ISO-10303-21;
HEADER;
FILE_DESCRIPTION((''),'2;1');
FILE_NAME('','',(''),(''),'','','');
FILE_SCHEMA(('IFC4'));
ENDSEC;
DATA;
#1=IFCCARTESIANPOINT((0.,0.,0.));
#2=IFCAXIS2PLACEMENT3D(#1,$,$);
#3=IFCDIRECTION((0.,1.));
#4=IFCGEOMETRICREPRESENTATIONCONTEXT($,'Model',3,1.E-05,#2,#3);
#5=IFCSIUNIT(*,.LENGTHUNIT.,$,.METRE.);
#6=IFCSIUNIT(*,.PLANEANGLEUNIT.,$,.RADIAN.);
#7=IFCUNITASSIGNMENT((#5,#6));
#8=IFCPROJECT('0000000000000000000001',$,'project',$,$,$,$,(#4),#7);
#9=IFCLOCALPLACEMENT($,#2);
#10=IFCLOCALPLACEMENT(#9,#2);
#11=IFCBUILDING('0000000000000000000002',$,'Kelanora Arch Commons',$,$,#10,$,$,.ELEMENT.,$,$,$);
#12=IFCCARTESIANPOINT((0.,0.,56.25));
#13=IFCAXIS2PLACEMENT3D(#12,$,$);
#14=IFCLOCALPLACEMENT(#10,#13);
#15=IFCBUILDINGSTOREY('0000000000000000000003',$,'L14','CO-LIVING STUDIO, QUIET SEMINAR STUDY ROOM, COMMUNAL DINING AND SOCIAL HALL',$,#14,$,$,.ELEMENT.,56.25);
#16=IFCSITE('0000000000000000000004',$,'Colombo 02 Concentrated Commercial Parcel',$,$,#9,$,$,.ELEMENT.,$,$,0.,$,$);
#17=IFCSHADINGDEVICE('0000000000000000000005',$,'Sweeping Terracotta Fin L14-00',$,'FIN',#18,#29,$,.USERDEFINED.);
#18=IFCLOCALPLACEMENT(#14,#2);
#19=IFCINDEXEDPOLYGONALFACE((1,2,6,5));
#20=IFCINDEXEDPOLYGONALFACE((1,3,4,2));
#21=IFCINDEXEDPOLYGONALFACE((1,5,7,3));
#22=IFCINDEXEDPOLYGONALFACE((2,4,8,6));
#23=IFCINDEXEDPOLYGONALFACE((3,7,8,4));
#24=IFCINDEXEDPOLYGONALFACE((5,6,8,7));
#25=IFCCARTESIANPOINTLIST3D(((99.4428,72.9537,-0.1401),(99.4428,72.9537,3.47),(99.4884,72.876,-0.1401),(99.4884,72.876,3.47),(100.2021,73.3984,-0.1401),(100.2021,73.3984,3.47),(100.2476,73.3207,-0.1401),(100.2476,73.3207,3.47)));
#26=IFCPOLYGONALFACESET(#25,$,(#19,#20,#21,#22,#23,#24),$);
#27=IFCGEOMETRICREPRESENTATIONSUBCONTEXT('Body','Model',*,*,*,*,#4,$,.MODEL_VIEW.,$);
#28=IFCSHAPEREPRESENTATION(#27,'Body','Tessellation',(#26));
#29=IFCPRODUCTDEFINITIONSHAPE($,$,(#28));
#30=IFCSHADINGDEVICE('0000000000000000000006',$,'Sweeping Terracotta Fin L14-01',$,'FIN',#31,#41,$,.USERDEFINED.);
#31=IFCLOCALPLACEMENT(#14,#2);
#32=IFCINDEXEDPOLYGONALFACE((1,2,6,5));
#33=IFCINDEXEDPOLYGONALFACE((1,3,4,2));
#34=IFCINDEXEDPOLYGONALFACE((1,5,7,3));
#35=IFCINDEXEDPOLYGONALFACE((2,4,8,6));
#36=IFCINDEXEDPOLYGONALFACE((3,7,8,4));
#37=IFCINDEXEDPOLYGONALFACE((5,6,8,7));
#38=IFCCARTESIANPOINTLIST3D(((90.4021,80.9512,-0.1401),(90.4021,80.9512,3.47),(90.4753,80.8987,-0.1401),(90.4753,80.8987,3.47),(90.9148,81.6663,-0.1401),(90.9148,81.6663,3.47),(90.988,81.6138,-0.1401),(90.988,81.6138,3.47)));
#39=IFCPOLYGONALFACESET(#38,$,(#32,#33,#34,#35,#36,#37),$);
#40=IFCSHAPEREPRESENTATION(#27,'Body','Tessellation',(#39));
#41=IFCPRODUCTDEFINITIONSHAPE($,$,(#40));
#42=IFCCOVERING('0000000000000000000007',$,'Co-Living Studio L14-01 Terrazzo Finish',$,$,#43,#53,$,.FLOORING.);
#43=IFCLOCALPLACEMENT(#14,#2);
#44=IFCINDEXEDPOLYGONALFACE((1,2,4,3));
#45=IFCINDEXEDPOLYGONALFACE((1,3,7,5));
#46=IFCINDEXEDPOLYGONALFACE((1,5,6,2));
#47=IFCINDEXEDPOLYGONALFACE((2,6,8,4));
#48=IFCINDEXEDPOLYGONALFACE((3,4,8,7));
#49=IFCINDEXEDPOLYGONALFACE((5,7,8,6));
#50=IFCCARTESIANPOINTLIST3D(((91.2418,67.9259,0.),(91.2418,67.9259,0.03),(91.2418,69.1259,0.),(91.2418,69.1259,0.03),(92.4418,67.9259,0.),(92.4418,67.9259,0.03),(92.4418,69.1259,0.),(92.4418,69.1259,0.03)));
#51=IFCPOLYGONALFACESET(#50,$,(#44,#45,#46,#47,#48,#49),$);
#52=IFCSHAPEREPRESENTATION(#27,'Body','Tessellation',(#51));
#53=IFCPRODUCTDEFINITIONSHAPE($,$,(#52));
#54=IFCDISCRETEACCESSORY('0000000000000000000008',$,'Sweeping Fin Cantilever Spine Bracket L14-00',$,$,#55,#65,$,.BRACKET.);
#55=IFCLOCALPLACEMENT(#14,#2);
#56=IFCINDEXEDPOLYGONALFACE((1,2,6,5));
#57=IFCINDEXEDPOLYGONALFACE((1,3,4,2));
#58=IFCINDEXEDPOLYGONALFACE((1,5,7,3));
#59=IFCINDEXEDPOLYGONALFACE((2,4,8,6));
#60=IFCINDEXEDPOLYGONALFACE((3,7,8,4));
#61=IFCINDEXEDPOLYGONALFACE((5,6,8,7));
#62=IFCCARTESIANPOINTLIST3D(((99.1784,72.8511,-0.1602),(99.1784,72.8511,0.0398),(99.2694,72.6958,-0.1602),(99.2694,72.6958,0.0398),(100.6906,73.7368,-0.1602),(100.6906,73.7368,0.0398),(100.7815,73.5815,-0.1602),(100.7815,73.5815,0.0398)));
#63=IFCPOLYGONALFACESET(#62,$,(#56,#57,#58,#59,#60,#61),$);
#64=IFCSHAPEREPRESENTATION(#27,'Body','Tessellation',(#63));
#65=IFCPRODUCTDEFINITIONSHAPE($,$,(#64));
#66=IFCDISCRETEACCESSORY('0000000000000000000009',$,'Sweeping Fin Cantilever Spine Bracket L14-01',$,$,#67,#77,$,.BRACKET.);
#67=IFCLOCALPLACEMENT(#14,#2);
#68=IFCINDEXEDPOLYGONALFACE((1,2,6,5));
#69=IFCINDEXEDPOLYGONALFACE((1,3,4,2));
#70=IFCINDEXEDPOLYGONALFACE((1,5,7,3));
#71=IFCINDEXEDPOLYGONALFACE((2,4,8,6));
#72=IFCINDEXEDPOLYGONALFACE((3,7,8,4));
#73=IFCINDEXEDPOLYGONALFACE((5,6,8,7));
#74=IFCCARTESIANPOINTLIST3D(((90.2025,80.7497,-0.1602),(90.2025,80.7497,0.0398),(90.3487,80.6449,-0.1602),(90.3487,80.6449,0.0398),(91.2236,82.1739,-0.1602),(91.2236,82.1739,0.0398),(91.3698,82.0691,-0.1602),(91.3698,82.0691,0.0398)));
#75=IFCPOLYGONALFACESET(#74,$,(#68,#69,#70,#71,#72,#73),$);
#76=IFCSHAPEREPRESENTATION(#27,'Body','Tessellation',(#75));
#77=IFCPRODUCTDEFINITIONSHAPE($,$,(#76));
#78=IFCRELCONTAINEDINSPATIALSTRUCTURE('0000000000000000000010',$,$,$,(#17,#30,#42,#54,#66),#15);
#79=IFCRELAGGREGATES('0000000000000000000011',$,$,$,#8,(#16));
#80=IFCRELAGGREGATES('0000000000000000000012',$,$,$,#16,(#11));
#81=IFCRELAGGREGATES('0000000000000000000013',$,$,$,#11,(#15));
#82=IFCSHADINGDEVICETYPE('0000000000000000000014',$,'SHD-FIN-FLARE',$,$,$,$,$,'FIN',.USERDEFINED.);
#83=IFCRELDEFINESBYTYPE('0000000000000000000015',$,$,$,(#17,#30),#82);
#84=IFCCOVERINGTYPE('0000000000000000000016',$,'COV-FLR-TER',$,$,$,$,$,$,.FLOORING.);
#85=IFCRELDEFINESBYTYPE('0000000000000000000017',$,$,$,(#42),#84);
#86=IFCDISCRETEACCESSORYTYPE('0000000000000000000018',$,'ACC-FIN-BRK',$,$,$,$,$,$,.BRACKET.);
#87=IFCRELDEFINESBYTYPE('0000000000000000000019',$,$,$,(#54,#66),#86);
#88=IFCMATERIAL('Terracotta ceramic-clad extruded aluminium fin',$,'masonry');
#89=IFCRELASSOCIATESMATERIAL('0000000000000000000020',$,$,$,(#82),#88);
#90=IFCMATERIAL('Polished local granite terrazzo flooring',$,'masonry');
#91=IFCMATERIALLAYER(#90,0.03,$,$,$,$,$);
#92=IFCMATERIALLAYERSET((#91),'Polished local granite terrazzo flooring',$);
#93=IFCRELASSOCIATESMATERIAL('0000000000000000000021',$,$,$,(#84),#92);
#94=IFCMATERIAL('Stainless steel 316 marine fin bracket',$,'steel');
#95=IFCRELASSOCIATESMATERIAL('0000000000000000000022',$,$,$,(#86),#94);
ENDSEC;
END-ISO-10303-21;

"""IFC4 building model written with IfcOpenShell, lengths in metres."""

from ifc_helpers import new_model, si_unit, direction, frame, origin, origin_2d, place, context, subcontext, project, spatial, rectangle, extrude, source, transform, mapped, material, layer, layer_set, type_object, element, save


model = new_model("IFC4")

# Units and contexts
model_context = context("Model", 3, precision=1e-05, world=origin(), true_north=direction((0.0, 1.0)))
body_context = subcontext(model_context, "Body", "Model", "MODEL_VIEW")
ifc_project = project(units=[si_unit("LENGTHUNIT", "METRE"), si_unit("PLANEANGLEUNIT", "RADIAN")], contexts=[model_context])

# Site, building, storey
site_placement = place(None, origin())
site = spatial("IfcSite", under=ifc_project, at=site_placement, Name="Colombo 02 Concentrated Commercial Parcel", CompositionType="ELEMENT", RefElevation=0.0)
building_placement = place(site_placement, origin())
building = spatial("IfcBuilding", under=site, at=building_placement, Name="Kelanora Arch Commons", CompositionType="ELEMENT")
storey_placement = place(building_placement, frame((0.0, 0.0, 56.25)))
storey = spatial("IfcBuildingStorey", under=building, at=storey_placement, Name="L14", Description="CO-LIVING STUDIO, QUIET SEMINAR STUDY ROOM, COMMUNAL DINING AND SOCIAL HALL", CompositionType="ELEMENT", Elevation=56.25)

# Shading devices
ifc_material_1 = material(Name="Terracotta ceramic-clad extruded aluminium fin", Category="masonry")
shading_device_type = type_object("IfcShadingDeviceType", Name="SHD-FIN-FLARE", ElementType="FIN", PredefinedType="USERDEFINED", material=ifc_material_1)
shared_shape_1 = source(origin(), body_context, "Body", "SweptSolid", [
    extrude(rectangle(XDim=0.8799, YDim=0.0901, at=origin_2d()), origin(), (0.0, 0.0, 1.0), 3.6101),
])
for number, where, z_axis, x_axis, name in (
    (1, (99.8452, 73.1372, -0.1401), (0.0, 0.0, 1.0), (0.862867, 0.505431, 0.0), "Sweeping Terracotta Fin L14-00"),
    (2, (90.6951, 81.2825, -0.1401), (0.0, 0.0, 1.0), (0.58269, 0.812694, 0.0), "Sweeping Terracotta Fin L14-01"),
):
    element("IfcShadingDevice", number, at=place(storey_placement, frame(where, z_axis=z_axis, x_axis=x_axis)), inside=storey, type_object=shading_device_type, Name=name, ObjectType="FIN", PredefinedType="USERDEFINED", context=body_context, shape_type="MappedRepresentation", body=[
        mapped(shared_shape_1, transform((0.0, 0.0, 0.0), scale=1.0)),
    ])

# Covering
ifc_material_2 = material(Name="Polished local granite terrazzo flooring", Category="masonry")
ifc_layer_1 = layer(ifc_material_2, 0.03)
ifc_layer_set_1 = layer_set([ifc_layer_1], Name="Polished local granite terrazzo flooring")
covering_type = type_object("IfcCoveringType", Name="COV-FLR-TER", PredefinedType="FLOORING", material=ifc_layer_set_1)
shared_shape_2 = source(origin(), body_context, "Body", "SweptSolid", [
    extrude(rectangle(XDim=1.2, YDim=1.2, at=origin_2d()), origin(), (0.0, 0.0, 1.0), 0.03),
])
covering_placement = place(storey_placement, frame((91.8418, 68.5259, 0.0), z_axis=(0.0, 0.0, 1.0), x_axis=(1.0, 0.0, 0.0)))
element("IfcCovering", 3, at=covering_placement, inside=storey, type_object=covering_type, Name="Co-Living Studio L14-01 Terrazzo Finish", PredefinedType="FLOORING", context=body_context, shape_type="MappedRepresentation", body=[
    mapped(shared_shape_2, transform((0.0, 0.0, 0.0), scale=1.0)),
])

# Discrete accessories
ifc_material_3 = material(Name="Stainless steel 316 marine fin bracket", Category="steel")
discrete_accessory_type = type_object("IfcDiscreteAccessoryType", Name="ACC-FIN-BRK", PredefinedType="BRACKET", material=ifc_material_3)
shared_shape_3 = source(origin(), body_context, "Body", "SweptSolid", [
    extrude(rectangle(XDim=1.7524, YDim=0.1799, at=origin_2d()), origin(), (0.0, 0.0, 1.0), 0.2),
])
for number, where, z_axis, x_axis, name in (
    (4, (99.98, 73.2163, -0.1602), (0.0, 0.0, 1.0), (0.862867, 0.505431, 0.0), "Sweeping Fin Cantilever Spine Bracket L14-00"),
    (5, (90.7861, 81.4094, -0.1602), (0.0, 0.0, 1.0), (0.58269, 0.812694, 0.0), "Sweeping Fin Cantilever Spine Bracket L14-01"),
):
    element("IfcDiscreteAccessory", number, at=place(storey_placement, frame(where, z_axis=z_axis, x_axis=x_axis)), inside=storey, type_object=discrete_accessory_type, Name=name, PredefinedType="BRACKET", context=body_context, shape_type="MappedRepresentation", body=[
        mapped(shared_shape_3, transform((0.0, 0.0, 0.0), scale=1.0)),
    ])

save(model, "model.ifc")
